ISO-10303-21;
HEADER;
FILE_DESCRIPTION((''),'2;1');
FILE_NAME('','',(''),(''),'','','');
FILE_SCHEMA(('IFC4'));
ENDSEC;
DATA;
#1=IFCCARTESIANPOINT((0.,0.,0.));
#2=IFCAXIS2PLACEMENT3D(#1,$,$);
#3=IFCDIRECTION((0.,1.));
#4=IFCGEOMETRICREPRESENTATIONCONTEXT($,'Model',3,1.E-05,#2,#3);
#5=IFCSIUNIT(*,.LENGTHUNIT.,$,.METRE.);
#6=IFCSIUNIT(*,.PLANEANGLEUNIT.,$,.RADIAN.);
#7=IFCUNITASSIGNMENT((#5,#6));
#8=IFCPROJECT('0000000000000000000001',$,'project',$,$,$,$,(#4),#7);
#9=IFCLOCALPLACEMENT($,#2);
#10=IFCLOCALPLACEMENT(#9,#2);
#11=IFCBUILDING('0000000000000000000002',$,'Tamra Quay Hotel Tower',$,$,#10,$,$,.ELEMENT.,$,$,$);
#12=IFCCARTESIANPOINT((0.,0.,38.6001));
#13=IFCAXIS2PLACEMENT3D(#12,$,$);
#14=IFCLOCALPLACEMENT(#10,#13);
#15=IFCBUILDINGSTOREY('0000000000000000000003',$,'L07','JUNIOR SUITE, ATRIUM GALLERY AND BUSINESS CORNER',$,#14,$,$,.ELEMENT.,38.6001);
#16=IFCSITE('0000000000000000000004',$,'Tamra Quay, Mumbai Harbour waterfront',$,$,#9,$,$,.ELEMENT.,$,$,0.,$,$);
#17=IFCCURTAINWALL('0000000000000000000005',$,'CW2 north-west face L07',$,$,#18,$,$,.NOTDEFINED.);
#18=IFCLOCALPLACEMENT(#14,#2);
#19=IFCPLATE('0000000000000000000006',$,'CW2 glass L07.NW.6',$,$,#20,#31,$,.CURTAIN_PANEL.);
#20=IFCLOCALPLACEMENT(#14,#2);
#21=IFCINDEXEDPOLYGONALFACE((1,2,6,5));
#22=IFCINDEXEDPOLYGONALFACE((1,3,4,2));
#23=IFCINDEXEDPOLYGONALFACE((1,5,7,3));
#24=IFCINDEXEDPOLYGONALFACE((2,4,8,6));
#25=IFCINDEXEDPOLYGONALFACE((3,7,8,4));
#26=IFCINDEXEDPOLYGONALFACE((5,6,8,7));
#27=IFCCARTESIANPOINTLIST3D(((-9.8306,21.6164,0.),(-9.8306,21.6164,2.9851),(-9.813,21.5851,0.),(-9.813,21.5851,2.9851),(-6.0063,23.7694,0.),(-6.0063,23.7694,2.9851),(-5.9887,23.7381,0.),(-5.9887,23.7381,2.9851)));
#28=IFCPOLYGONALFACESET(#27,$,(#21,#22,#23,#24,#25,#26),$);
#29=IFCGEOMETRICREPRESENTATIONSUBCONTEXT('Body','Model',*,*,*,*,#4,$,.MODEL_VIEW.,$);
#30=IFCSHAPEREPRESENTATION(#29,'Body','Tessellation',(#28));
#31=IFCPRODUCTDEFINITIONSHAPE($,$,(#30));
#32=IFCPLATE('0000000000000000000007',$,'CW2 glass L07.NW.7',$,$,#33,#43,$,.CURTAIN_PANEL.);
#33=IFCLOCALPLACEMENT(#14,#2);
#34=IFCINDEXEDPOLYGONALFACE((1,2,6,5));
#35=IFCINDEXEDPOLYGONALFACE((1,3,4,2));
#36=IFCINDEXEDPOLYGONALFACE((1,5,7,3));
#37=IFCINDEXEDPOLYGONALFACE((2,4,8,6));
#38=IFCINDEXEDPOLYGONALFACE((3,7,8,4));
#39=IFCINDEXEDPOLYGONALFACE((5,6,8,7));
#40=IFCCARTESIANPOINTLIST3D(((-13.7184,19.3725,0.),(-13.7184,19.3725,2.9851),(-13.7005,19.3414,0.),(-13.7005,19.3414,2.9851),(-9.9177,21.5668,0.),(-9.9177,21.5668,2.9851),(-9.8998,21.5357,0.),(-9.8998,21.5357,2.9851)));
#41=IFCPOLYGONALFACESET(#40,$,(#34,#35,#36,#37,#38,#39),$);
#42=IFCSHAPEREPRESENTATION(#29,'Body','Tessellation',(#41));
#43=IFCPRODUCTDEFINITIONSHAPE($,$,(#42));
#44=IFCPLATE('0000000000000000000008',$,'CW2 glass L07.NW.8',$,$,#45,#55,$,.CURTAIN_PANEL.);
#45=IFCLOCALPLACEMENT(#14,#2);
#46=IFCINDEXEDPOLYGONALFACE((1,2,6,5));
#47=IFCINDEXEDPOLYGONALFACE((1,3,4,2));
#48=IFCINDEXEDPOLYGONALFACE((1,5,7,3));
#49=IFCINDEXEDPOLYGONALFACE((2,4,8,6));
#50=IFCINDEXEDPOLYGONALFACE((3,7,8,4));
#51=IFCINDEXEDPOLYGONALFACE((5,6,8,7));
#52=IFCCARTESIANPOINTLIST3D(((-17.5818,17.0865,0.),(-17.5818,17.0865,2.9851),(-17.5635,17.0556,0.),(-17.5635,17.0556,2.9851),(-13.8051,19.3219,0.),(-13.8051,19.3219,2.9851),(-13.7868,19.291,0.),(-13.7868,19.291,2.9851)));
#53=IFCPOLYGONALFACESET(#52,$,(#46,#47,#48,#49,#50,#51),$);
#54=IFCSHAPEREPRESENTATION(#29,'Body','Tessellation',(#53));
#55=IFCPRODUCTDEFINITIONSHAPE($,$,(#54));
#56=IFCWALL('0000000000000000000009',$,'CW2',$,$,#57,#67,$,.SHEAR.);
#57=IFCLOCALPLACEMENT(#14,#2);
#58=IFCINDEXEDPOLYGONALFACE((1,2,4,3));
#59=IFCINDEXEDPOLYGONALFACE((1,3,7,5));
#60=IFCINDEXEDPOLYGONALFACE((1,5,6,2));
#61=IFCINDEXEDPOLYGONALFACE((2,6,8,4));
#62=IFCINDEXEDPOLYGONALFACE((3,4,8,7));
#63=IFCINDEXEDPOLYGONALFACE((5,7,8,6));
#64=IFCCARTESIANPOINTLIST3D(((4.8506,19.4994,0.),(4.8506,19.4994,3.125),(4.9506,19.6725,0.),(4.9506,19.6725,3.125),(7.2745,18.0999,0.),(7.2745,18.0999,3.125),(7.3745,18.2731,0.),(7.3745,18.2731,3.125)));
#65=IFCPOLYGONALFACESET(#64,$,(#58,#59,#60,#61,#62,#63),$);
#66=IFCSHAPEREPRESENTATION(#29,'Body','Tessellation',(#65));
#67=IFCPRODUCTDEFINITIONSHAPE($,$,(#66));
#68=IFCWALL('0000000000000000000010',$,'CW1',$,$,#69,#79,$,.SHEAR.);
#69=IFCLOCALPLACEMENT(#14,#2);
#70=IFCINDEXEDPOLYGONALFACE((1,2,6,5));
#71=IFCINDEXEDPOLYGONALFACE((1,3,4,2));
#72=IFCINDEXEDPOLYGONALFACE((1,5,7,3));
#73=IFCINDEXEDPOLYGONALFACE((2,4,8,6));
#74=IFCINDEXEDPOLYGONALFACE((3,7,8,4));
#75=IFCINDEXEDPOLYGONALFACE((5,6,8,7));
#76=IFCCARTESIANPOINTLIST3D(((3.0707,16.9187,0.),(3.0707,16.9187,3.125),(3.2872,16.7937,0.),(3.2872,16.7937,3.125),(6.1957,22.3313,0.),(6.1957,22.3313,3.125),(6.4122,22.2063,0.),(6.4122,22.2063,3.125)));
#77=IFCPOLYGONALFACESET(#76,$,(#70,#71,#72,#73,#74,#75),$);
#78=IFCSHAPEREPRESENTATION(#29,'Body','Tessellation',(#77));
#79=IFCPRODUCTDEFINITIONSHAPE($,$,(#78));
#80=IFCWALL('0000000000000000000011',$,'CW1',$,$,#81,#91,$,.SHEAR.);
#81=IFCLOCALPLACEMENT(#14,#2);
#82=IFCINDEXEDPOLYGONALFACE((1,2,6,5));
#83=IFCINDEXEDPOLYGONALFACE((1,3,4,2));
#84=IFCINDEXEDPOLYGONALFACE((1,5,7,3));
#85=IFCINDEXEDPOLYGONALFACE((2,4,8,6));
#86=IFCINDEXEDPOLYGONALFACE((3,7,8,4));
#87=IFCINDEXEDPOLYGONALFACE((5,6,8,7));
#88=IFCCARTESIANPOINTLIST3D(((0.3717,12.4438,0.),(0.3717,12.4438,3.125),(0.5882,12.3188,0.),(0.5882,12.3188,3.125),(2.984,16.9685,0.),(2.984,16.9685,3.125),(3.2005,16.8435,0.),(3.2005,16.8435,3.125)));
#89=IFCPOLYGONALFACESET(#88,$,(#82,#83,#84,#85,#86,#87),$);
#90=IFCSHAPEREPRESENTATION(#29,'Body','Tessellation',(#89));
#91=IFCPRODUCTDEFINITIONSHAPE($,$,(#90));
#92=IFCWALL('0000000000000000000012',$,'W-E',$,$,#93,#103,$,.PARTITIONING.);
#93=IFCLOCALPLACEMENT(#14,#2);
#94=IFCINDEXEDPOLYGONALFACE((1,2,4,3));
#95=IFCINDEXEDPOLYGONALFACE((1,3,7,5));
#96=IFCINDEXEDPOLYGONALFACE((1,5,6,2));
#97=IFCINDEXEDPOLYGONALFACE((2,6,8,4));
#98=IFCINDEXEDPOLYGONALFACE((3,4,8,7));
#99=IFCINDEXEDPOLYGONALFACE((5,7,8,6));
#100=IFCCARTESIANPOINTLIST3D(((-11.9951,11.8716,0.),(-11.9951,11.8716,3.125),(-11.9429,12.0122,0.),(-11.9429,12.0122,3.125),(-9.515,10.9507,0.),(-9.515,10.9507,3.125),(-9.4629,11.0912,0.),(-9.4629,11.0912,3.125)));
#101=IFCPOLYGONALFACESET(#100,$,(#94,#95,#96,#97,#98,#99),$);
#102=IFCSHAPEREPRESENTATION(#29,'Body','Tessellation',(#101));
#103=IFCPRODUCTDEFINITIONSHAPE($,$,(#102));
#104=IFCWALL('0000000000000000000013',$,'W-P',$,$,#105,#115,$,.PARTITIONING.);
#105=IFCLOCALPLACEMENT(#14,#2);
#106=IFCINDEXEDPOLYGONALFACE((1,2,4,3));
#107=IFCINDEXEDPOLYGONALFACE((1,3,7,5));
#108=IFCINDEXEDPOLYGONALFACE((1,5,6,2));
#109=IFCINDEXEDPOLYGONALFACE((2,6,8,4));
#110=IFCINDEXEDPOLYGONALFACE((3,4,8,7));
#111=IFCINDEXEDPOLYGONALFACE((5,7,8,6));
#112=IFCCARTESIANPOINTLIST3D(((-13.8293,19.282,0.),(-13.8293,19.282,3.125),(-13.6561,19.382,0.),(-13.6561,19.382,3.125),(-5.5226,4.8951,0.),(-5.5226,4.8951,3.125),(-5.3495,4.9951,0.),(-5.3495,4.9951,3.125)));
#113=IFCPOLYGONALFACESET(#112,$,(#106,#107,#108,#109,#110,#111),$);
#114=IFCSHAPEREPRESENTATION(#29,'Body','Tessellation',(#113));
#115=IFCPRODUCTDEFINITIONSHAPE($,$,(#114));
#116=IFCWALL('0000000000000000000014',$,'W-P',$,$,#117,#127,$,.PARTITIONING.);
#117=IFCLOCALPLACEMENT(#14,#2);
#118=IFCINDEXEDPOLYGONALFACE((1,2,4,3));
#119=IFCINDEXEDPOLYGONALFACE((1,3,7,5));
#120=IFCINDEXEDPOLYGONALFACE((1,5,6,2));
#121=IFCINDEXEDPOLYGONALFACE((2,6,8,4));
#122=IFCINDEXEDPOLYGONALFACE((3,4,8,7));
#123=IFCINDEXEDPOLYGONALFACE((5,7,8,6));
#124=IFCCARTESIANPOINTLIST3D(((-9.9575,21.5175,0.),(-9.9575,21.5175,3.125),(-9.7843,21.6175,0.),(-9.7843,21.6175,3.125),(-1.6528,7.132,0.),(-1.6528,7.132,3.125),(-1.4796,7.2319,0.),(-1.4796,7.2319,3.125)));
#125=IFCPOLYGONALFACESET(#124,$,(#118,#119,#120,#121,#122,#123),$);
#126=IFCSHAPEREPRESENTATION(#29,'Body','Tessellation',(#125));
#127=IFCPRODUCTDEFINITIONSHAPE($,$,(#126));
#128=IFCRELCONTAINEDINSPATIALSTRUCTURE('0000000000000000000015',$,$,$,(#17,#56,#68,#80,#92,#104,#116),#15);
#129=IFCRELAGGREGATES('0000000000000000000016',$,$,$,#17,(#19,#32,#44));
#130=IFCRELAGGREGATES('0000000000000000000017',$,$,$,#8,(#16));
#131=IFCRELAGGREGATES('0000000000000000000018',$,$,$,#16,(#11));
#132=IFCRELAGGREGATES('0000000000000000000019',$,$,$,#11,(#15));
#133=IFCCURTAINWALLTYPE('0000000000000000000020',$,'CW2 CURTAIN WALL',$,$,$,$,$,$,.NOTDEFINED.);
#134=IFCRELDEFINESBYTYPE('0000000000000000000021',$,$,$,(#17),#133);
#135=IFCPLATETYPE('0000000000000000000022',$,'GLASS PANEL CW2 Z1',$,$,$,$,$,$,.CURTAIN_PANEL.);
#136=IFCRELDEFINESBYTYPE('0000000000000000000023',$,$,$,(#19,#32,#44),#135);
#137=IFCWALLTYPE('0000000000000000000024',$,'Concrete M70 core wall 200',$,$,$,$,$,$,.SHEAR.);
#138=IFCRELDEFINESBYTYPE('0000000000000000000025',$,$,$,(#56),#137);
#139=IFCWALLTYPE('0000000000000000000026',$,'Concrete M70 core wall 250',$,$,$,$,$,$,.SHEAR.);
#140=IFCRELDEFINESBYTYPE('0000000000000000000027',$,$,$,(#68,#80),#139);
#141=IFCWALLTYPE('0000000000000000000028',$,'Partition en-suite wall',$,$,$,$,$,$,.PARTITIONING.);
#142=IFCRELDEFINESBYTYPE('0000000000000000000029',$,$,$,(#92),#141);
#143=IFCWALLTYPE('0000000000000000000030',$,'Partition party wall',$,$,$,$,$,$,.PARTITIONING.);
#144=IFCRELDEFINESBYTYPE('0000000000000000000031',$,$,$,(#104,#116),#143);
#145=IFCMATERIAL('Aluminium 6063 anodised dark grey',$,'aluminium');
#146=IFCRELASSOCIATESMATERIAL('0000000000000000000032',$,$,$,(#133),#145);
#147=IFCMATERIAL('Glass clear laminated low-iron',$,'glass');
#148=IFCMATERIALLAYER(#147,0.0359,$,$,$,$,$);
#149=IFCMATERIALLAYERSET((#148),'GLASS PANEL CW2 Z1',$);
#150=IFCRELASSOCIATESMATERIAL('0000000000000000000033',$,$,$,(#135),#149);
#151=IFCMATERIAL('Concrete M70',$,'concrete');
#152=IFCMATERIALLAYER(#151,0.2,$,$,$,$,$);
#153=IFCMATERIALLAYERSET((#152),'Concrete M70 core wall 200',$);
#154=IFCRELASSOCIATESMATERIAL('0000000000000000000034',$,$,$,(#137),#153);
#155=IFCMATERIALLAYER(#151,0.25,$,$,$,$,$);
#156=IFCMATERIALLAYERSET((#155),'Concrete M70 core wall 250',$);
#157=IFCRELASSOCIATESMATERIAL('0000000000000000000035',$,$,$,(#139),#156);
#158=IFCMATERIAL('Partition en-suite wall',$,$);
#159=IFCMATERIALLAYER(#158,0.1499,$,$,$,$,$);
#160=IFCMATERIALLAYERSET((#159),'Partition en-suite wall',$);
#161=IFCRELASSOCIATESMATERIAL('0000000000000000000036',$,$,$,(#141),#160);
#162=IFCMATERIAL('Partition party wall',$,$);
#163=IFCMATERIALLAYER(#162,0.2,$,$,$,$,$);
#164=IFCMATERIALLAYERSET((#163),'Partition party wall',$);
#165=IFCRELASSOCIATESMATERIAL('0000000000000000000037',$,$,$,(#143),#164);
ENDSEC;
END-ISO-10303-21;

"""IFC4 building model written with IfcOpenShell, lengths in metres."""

from ifc_helpers import new_model, si_unit, direction, frame, frame_2d, origin, origin_2d, place, context, subcontext, project, spatial, rectangle, extrude, material, layer, layer_set, type_object, element, aggregate, save


model = new_model("IFC4")

# Units and contexts
model_context = context("Model", 3, precision=1e-05, world=origin(), true_north=direction((0.0, 1.0)))
body_context = subcontext(model_context, "Body", "Model", "MODEL_VIEW")
ifc_project = project(units=[si_unit("LENGTHUNIT", "METRE"), si_unit("PLANEANGLEUNIT", "RADIAN")], contexts=[model_context])

# Site, building, storey
site_placement = place(None, origin())
site = spatial("IfcSite", under=ifc_project, at=site_placement, Name="Tamra Quay, Mumbai Harbour waterfront", CompositionType="ELEMENT", RefElevation=0.0)
building_placement = place(site_placement, origin())
building = spatial("IfcBuilding", under=site, at=building_placement, Name="Tamra Quay Hotel Tower", CompositionType="ELEMENT")
storey_placement = place(building_placement, frame((0.0, 0.0, 38.6001)))
storey = spatial("IfcBuildingStorey", under=building, at=storey_placement, Name="L07", Description="JUNIOR SUITE, ATRIUM GALLERY AND BUSINESS CORNER", CompositionType="ELEMENT", Elevation=38.6001)

# Shared definitions
ifc_material_1 = material(Name="Concrete M70", Category="concrete")

# Curtain wall, plates
ifc_material_2 = material(Name="Aluminium 6063 anodised dark grey", Category="aluminium")
curtain_wall_type = type_object("IfcCurtainWallType", Name="CW2 CURTAIN WALL", PredefinedType="NOTDEFINED", material=ifc_material_2)
curtain_wall_placement = place(storey_placement, origin())
curtain_wall = element("IfcCurtainWall", 1, at=curtain_wall_placement, inside=storey, type_object=curtain_wall_type, Name="CW2 north-west face L07", PredefinedType="NOTDEFINED")
ifc_material_3 = material(Name="Glass clear laminated low-iron", Category="glass")
ifc_layer_1 = layer(ifc_material_3, 0.0359)
ifc_layer_set_1 = layer_set([ifc_layer_1], Name="GLASS PANEL CW2 Z1")
plate_type = type_object("IfcPlateType", Name="GLASS PANEL CW2 Z1", PredefinedType="CURTAIN_PANEL", material=ifc_layer_set_1)
plate_1_placement = place(storey_placement, frame((-7.9097, 22.6772, 0.0), z_axis=(0.0, 0.0, 1.0), x_axis=(-0.871393, -0.490586, 0.0)))
plate_1 = element("IfcPlate", 2, at=plate_1_placement, type_object=plate_type, Name="CW2 glass L07.NW.6", PredefinedType="CURTAIN_PANEL", context=body_context, shape_type="SweptSolid", body=[
    extrude(rectangle(XDim=4.3887, YDim=0.0359, at=origin_2d()), origin(), (0.0, 0.0, 1.0), 2.9851),
])
plate_2_placement = place(storey_placement, frame((-11.8091, 20.4541, 0.0), z_axis=(0.0, 0.0, 1.0), x_axis=(-0.866025, -0.5, 0.0)))
plate_2 = element("IfcPlate", 3, at=plate_2_placement, type_object=plate_type, Name="CW2 glass L07.NW.7", PredefinedType="CURTAIN_PANEL", context=body_context, shape_type="SweptSolid", body=[
    extrude(rectangle(XDim=4.3887, YDim=0.0359, at=origin_2d()), origin(), (0.0, 0.0, 1.0), 2.9851),
])
plate_3_placement = place(storey_placement, frame((-15.6843, 18.1887, 0.0), z_axis=(0.0, 0.0, 1.0), x_axis=(-0.860556, -0.509355, 0.0)))
plate_3 = element("IfcPlate", 4, at=plate_3_placement, type_object=plate_type, Name="CW2 glass L07.NW.8", PredefinedType="CURTAIN_PANEL", context=body_context, shape_type="SweptSolid", body=[
    extrude(rectangle(XDim=4.3887, YDim=0.0359, at=origin_2d()), origin(), (0.0, 0.0, 1.0), 2.9851),
])
aggregate(curtain_wall, [plate_1, plate_2, plate_3])

# Walls
ifc_layer_2 = layer(ifc_material_1, 0.2)
ifc_layer_set_2 = layer_set([ifc_layer_2], Name="Concrete M70 core wall 200")
wall_type_1 = type_object("IfcWallType", Name="Concrete M70 core wall 200", PredefinedType="SHEAR", material=ifc_layer_set_2)
wall_1_placement = place(storey_placement, frame((4.9006, 19.5859, 0.0), z_axis=(0.0, 0.0, 1.0), x_axis=(0.866023, -0.500004, 0.0)))
element("IfcWall", 5, at=wall_1_placement, inside=storey, type_object=wall_type_1, Name="CW2", PredefinedType="SHEAR", context=body_context, shape_type="SweptSolid", body=[
    extrude(rectangle(XDim=2.7988, YDim=0.2, at=frame_2d((1.3994, 0.0))), origin(), (0.0, 0.0, 1.0), 3.125),
])
ifc_layer_3 = layer(ifc_material_1, 0.25)
ifc_layer_set_3 = layer_set([ifc_layer_3], Name="Concrete M70 core wall 250")
wall_type_2 = type_object("IfcWallType", Name="Concrete M70 core wall 250", PredefinedType="SHEAR", material=ifc_layer_set_3)
wall_2_placement = place(storey_placement, frame((3.179, 16.8562, 0.0), z_axis=(0.0, 0.0, 1.0), x_axis=(0.500004, 0.866023, 0.0)))
element("IfcWall", 6, at=wall_2_placement, inside=storey, type_object=wall_type_2, Name="CW1", PredefinedType="SHEAR", context=body_context, shape_type="SweptSolid", body=[
    extrude(rectangle(XDim=6.25, YDim=0.25, at=frame_2d((3.125, 0.0))), origin(), (0.0, 0.0, 1.0), 3.125),
])
wall_3_placement = place(storey_placement, frame((0.48, 12.3813, 0.0), z_axis=(0.0, 0.0, 1.0), x_axis=(0.499999, 0.866026, 0.0)))
element("IfcWall", 7, at=wall_3_placement, inside=storey, type_object=wall_type_2, Name="CW1", PredefinedType="SHEAR", context=body_context, shape_type="SweptSolid", body=[
    extrude(rectangle(XDim=5.2246, YDim=0.25, at=frame_2d((2.6123, 0.0))), origin(), (0.0, 0.0, 1.0), 3.125),
])
ifc_material_4 = material(Name="Partition en-suite wall")
ifc_layer_4 = layer(ifc_material_4, 0.1499)
ifc_layer_set_4 = layer_set([ifc_layer_4], Name="Partition en-suite wall")
wall_type_3 = type_object("IfcWallType", Name="Partition en-suite wall", PredefinedType="PARTITIONING", material=ifc_layer_set_4)
wall_4_placement = place(storey_placement, frame((-11.969, 11.9419, 0.0), z_axis=(0.0, 0.0, 1.0), x_axis=(0.937455, -0.348108, 0.0)))
element("IfcWall", 8, at=wall_4_placement, inside=storey, type_object=wall_type_3, Name="W-E", PredefinedType="PARTITIONING", context=body_context, shape_type="SweptSolid", body=[
    extrude(rectangle(XDim=2.6455, YDim=0.1499, at=frame_2d((1.3228, 0.0))), origin(), (0.0, 0.0, 1.0), 3.125),
])
ifc_material_5 = material(Name="Partition party wall")
ifc_layer_5 = layer(ifc_material_5, 0.2)
ifc_layer_set_5 = layer_set([ifc_layer_5], Name="Partition party wall")
wall_type_4 = type_object("IfcWallType", Name="Partition party wall", PredefinedType="PARTITIONING", material=ifc_layer_set_5)
wall_5_placement = place(storey_placement, frame((-13.7427, 19.332, 0.0), z_axis=(0.0, 0.0, 1.0), x_axis=(0.500015, -0.866017, 0.0)))
element("IfcWall", 9, at=wall_5_placement, inside=storey, type_object=wall_type_4, Name="W-P", PredefinedType="PARTITIONING", context=body_context, shape_type="SweptSolid", body=[
    extrude(rectangle(XDim=16.6128, YDim=0.2, at=frame_2d((8.3064, 0.0))), origin(), (0.0, 0.0, 1.0), 3.125),
])
wall_6_placement = place(storey_placement, frame((-9.8708, 21.5674, 0.0), z_axis=(0.0, 0.0, 1.0), x_axis=(0.499965, -0.866046, 0.0)))
element("IfcWall", 10, at=wall_6_placement, inside=storey, type_object=wall_type_4, Name="W-P", PredefinedType="PARTITIONING", context=body_context, shape_type="SweptSolid", body=[
    extrude(rectangle(XDim=16.6106, YDim=0.2, at=frame_2d((8.3052, 0.0))), origin(), (0.0, 0.0, 1.0), 3.125),
])

save(model, "model.ifc")
